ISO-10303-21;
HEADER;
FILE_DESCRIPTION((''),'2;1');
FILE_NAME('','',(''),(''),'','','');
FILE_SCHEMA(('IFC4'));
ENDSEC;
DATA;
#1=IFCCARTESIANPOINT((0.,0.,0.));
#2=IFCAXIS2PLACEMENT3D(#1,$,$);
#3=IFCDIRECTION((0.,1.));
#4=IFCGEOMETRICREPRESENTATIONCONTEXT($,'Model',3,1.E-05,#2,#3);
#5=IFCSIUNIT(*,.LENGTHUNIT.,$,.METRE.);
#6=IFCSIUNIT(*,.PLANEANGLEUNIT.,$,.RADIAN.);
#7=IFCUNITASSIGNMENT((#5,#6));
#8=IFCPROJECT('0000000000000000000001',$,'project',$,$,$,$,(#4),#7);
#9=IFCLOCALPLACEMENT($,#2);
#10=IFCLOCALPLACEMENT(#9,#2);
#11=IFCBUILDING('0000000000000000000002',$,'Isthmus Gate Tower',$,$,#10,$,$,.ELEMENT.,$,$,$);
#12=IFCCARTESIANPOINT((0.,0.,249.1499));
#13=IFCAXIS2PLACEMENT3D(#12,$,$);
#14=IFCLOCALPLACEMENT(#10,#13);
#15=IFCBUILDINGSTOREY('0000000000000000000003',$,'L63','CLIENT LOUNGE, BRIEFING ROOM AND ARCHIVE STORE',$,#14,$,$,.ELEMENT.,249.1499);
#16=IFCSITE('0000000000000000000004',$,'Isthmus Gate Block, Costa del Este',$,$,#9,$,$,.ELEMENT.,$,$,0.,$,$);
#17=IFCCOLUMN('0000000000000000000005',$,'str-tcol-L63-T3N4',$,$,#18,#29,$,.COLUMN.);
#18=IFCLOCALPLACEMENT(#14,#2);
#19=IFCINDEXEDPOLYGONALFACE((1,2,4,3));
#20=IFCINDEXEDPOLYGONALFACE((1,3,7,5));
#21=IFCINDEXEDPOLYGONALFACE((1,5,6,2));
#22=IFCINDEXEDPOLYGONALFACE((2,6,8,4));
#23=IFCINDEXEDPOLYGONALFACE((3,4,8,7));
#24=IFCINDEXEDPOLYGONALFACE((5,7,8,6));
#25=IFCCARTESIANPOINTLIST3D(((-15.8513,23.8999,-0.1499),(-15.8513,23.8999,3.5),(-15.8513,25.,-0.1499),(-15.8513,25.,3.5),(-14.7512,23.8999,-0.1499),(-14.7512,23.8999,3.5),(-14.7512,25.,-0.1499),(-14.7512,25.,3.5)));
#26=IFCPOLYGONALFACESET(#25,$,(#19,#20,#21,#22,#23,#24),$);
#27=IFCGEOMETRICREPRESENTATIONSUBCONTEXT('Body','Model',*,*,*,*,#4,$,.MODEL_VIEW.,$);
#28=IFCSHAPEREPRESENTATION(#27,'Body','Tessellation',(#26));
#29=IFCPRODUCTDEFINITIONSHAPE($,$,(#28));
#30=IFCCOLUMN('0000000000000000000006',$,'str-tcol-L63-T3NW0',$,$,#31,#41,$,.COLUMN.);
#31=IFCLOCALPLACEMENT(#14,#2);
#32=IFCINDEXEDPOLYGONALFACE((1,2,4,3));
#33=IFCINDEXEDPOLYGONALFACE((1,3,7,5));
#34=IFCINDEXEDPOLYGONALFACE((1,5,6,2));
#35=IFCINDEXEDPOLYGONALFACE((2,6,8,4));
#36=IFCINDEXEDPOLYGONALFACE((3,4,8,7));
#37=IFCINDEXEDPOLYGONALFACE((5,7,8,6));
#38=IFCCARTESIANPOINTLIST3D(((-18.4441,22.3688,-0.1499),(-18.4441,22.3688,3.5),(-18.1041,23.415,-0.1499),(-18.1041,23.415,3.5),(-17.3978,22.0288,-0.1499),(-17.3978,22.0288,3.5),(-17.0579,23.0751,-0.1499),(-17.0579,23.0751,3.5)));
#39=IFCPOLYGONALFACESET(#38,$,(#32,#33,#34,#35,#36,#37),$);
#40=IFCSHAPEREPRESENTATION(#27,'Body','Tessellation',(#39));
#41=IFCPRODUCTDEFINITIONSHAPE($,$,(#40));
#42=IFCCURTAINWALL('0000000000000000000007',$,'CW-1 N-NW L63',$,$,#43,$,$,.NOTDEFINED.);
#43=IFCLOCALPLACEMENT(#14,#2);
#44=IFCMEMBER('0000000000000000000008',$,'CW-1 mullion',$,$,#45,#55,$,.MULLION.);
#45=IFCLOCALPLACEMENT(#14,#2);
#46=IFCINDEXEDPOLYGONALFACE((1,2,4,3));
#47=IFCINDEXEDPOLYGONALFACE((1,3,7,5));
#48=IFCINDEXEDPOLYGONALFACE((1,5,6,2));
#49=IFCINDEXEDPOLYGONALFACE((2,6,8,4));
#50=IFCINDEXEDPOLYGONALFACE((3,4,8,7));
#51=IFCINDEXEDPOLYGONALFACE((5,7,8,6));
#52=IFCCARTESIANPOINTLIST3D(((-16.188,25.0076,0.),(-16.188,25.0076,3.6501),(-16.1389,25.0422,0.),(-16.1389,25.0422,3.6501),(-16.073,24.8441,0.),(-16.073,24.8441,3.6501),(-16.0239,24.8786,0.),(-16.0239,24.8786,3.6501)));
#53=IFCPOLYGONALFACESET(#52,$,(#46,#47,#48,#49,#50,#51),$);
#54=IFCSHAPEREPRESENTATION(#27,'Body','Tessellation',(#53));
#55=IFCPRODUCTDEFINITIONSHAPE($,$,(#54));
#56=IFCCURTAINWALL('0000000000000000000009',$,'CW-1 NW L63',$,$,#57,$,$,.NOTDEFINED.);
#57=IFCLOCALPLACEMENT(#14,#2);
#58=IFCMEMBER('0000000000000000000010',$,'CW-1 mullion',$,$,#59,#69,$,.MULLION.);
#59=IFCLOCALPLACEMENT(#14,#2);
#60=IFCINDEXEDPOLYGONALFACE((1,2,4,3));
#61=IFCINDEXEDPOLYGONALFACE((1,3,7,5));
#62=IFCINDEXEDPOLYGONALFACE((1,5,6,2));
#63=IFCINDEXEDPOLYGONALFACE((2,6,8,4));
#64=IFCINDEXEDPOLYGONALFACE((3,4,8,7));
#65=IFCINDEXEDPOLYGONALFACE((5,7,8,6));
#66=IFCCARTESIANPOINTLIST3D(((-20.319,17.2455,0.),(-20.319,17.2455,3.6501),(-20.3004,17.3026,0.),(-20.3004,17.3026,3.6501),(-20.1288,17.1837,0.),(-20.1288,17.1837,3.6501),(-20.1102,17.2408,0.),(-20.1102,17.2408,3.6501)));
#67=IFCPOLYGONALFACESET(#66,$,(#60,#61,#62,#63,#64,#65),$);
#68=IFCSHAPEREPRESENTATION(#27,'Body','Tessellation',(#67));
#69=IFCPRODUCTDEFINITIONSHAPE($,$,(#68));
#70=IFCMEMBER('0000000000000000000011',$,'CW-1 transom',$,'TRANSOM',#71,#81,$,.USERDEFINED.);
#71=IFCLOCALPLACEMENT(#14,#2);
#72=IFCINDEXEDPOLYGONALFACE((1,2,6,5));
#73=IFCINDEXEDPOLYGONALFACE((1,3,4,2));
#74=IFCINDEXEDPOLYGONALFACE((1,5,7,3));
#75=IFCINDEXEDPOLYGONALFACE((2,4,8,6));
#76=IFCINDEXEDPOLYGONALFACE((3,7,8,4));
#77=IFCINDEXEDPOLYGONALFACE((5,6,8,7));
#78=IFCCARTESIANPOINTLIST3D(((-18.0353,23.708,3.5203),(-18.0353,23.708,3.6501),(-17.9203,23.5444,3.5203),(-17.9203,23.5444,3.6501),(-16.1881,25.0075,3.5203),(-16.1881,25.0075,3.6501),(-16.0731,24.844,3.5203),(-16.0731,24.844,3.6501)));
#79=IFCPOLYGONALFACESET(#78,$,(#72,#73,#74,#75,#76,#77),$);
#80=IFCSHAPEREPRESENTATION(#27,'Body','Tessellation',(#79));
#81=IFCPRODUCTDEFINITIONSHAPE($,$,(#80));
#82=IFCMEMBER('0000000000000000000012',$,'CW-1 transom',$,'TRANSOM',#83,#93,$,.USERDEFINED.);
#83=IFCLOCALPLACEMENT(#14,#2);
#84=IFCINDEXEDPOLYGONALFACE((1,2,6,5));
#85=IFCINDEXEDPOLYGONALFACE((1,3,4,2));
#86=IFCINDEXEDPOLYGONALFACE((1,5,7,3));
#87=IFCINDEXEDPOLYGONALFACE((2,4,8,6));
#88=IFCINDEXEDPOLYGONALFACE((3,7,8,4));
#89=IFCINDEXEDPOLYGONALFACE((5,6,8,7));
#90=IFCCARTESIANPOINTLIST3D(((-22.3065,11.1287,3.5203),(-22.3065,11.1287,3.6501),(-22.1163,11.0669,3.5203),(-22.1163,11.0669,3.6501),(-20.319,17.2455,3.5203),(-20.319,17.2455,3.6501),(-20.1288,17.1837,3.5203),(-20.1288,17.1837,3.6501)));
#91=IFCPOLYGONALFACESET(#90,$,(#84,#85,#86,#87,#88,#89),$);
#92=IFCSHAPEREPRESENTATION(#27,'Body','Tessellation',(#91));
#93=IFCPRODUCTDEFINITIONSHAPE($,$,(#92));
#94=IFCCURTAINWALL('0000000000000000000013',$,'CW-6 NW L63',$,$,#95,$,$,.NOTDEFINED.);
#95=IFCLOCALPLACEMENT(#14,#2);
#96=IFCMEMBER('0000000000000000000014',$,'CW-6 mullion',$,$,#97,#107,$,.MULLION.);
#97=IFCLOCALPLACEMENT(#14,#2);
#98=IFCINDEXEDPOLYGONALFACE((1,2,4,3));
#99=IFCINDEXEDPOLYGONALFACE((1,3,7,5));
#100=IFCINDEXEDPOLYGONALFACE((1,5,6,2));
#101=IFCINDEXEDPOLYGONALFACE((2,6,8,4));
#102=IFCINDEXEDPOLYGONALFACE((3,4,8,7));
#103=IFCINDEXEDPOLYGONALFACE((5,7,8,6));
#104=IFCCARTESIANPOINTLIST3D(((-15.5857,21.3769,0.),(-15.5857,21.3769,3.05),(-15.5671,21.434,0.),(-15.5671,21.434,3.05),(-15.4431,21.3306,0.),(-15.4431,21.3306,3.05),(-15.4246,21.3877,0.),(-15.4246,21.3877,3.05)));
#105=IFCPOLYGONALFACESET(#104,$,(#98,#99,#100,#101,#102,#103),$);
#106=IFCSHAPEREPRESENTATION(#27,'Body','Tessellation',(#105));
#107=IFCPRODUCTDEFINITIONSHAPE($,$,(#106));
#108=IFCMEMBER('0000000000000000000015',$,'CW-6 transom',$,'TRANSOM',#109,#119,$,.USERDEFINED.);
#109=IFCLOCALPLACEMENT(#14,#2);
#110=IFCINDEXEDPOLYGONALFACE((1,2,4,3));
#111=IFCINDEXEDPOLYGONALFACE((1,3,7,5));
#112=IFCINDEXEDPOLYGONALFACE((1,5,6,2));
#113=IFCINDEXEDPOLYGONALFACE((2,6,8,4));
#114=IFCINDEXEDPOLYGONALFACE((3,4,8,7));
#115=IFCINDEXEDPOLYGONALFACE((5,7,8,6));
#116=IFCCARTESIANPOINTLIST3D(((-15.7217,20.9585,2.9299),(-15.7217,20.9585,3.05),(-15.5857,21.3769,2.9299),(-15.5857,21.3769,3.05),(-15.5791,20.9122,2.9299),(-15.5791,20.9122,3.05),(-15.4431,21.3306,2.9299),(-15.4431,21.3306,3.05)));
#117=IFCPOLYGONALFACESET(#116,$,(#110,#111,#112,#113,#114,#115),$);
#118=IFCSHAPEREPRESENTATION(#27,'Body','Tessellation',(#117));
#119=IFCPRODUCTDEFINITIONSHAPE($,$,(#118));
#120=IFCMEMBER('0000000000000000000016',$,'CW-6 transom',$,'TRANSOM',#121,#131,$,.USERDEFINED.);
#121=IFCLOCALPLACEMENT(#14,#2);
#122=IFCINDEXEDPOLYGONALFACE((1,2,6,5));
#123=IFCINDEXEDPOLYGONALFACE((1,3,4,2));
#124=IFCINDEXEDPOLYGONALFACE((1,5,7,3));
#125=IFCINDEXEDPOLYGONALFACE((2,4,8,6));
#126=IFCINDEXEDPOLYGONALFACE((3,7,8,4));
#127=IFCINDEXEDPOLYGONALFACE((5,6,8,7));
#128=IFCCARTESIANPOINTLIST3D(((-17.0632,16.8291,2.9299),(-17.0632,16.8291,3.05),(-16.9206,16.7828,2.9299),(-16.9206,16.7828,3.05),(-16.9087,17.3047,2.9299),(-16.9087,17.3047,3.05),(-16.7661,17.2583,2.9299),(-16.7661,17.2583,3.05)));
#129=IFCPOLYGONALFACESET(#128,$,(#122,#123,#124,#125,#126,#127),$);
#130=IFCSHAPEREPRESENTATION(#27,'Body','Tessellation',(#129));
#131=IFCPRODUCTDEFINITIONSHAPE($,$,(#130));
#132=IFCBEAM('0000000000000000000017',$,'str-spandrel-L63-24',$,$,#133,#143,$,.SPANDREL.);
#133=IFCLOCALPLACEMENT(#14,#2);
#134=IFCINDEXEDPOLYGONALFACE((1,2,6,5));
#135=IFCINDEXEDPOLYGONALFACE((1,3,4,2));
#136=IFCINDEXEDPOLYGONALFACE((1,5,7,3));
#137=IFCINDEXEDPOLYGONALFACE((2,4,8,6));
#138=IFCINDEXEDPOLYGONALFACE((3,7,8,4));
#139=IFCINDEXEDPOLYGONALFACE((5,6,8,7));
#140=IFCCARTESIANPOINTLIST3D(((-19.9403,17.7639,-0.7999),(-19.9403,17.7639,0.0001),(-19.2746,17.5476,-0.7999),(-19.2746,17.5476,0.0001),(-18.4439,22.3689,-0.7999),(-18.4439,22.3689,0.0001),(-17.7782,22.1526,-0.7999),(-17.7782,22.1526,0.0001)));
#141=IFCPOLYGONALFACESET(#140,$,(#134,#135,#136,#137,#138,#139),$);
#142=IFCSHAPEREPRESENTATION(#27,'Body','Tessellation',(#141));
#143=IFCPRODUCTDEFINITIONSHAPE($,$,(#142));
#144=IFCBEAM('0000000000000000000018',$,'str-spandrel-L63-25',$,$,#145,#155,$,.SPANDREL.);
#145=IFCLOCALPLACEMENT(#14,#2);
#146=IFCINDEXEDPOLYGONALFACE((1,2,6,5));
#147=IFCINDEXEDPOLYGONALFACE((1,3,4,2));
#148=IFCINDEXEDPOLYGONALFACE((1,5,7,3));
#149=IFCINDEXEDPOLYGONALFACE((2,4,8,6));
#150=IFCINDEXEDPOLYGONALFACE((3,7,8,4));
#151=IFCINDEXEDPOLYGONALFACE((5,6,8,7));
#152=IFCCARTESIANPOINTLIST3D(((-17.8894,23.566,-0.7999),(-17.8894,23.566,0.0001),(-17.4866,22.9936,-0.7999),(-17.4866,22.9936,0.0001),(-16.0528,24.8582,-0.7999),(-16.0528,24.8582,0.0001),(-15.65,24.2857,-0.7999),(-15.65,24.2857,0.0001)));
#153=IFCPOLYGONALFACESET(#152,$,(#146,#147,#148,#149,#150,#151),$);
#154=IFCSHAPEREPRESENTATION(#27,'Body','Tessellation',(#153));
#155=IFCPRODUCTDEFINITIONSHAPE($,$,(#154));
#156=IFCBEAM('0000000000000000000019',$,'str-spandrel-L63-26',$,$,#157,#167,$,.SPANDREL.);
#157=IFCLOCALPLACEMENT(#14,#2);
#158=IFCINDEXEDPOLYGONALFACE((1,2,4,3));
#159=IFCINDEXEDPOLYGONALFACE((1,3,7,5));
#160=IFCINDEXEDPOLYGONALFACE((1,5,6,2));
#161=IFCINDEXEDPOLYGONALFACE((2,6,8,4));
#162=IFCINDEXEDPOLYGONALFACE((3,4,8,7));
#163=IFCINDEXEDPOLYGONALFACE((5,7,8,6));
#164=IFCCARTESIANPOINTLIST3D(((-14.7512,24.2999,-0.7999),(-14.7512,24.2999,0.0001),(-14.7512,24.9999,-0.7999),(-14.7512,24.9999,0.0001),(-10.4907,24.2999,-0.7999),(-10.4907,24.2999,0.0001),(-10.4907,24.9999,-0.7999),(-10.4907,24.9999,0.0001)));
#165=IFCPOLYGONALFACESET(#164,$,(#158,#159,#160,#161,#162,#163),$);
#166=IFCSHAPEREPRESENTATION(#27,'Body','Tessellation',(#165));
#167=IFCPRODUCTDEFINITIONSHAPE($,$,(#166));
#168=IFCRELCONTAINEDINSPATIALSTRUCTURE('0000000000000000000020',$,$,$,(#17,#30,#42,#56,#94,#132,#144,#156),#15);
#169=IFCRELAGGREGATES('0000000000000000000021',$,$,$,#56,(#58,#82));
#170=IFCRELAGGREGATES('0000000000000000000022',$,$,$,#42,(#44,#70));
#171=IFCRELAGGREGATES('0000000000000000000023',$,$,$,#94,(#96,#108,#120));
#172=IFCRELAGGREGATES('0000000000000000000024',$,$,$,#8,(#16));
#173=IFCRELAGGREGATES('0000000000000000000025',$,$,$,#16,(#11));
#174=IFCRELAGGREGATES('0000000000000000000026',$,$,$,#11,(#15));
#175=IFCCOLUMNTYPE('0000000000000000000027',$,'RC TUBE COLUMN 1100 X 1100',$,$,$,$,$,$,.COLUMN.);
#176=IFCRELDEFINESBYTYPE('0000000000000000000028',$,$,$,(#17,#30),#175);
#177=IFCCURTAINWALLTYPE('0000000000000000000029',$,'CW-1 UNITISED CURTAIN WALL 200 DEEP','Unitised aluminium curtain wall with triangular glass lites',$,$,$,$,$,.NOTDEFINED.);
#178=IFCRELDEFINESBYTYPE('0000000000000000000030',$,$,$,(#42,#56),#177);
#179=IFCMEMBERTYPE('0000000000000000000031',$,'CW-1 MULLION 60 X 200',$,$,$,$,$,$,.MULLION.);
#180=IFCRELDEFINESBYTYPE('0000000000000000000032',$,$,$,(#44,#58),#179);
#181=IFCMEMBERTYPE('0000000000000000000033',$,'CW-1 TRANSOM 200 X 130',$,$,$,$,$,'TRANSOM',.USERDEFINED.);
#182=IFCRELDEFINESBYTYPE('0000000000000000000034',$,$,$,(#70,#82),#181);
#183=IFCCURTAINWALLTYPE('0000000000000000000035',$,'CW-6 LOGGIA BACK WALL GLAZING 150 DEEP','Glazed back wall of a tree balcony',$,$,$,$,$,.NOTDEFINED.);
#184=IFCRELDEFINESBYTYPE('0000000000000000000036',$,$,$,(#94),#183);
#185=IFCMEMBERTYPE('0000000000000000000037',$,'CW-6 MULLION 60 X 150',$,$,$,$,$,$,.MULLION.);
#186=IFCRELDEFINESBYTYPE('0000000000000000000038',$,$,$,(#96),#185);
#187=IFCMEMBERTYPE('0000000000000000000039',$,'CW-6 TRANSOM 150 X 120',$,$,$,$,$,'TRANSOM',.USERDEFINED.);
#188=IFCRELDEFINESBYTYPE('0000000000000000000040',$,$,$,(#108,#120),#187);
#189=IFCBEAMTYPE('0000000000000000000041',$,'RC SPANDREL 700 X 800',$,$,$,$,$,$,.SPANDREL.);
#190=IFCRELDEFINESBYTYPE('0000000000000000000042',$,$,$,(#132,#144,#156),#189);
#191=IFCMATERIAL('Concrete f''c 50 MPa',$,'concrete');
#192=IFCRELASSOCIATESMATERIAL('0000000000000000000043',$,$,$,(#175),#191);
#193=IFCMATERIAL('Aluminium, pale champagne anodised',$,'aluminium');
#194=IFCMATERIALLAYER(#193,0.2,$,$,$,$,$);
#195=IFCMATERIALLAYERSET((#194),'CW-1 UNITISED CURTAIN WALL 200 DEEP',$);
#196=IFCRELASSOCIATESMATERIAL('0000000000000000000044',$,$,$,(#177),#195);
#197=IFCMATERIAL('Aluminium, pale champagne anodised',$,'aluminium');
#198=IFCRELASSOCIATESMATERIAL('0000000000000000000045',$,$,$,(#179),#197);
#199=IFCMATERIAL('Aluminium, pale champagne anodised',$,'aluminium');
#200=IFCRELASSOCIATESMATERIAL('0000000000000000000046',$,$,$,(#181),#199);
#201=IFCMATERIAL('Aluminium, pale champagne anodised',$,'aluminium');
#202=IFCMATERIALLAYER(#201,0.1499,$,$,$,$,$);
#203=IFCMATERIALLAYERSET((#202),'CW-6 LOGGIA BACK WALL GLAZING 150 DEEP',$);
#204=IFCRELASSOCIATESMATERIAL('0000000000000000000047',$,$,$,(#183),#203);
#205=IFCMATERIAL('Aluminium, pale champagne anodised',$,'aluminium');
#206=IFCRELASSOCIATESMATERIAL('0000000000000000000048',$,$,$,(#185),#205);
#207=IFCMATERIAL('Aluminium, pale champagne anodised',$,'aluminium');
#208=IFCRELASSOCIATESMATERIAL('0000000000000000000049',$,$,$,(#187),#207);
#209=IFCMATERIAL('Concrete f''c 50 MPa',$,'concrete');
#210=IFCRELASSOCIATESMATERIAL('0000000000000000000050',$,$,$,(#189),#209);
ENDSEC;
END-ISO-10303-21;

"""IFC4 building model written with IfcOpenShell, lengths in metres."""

from ifc_helpers import new_model, si_unit, direction, frame, origin, origin_2d, place, context, subcontext, project, spatial, rectangle, extrude, material, layer, layer_set, material_profile, profile_set, type_object, element, aggregate, save


model = new_model("IFC4")

# Units and contexts
model_context = context("Model", 3, precision=1e-05, world=origin(), true_north=direction((0.0, 1.0)))
body_context = subcontext(model_context, "Body", "Model", "MODEL_VIEW")
ifc_project = project(units=[si_unit("LENGTHUNIT", "METRE"), si_unit("PLANEANGLEUNIT", "RADIAN")], contexts=[model_context])

# Site, building, storey
site_placement = place(None, origin())
site = spatial("IfcSite", under=ifc_project, at=site_placement, Name="Isthmus Gate Block, Costa del Este", CompositionType="ELEMENT", RefElevation=0.0)
building_placement = place(site_placement, origin())
building = spatial("IfcBuilding", under=site, at=building_placement, Name="Isthmus Gate Tower", CompositionType="ELEMENT")
storey_placement = place(building_placement, frame((0.0, 0.0, 249.1499)))
storey = spatial("IfcBuildingStorey", under=building, at=storey_placement, Name="L63", Description="CLIENT LOUNGE, BRIEFING ROOM AND ARCHIVE STORE", CompositionType="ELEMENT", Elevation=249.1499)

# Columns
ifc_material_1 = material(Name="Concrete f'c 50 MPa", Category="concrete")
ifc_material_profile_1 = material_profile(ifc_material_1, rectangle(XDim=1.1001, YDim=1.1001, at=origin_2d()), Name="RC 1100X1100")
ifc_profile_set_1 = profile_set([ifc_material_profile_1], Name="Concrete f'c 50 MPa")
column_type = type_object("IfcColumnType", Name="RC TUBE COLUMN 1100 X 1100", PredefinedType="COLUMN", material=ifc_profile_set_1)
for number, where, z_axis, x_axis, name in (
    (1, (-15.3013, 24.45, -0.1499), (0.0, 0.0, 1.0), (-1.0, 0.0, 0.0), "str-tcol-L63-T3N4"),
    (2, (-17.751, 22.7219, -0.1499), (0.0, 0.0, 1.0), (-0.309017, -0.951057, 0.0), "str-tcol-L63-T3NW0"),
):
    element("IfcColumn", number, at=place(storey_placement, frame(where, z_axis=z_axis, x_axis=x_axis)), inside=storey, type_object=column_type, Name=name, PredefinedType="COLUMN", context=body_context, shape_type="SweptSolid", body=[
        extrude(rectangle(XDim=1.1001, YDim=1.1001, at=origin_2d()), origin(), (0.0, 0.0, 1.0), 3.6499),
    ])

# Curtain walls, members
ifc_material_2 = material(Name="Aluminium, pale champagne anodised", Category="aluminium")
ifc_layer_1 = layer(ifc_material_2, 0.2)
ifc_layer_set_1 = layer_set([ifc_layer_1], Name="CW-1 UNITISED CURTAIN WALL 200 DEEP")
curtain_wall_type_1 = type_object("IfcCurtainWallType", Name="CW-1 UNITISED CURTAIN WALL 200 DEEP", Description="Unitised aluminium curtain wall with triangular glass lites", PredefinedType="NOTDEFINED", material=ifc_layer_set_1)
curtain_wall_1_placement = place(storey_placement, origin())
curtain_wall_1 = element("IfcCurtainWall", 3, at=curtain_wall_1_placement, inside=storey, type_object=curtain_wall_type_1, Name="CW-1 N-NW L63", PredefinedType="NOTDEFINED")
ifc_material_3 = material(Name="Aluminium, pale champagne anodised", Category="aluminium")
ifc_material_profile_2 = material_profile(ifc_material_3, rectangle(XDim=0.0601, YDim=0.2, at=origin_2d()), Name="60x200")
ifc_profile_set_2 = profile_set([ifc_material_profile_2], Name="Aluminium, pale champagne anodised")
member_type_1 = type_object("IfcMemberType", Name="CW-1 MULLION 60 X 200", PredefinedType="MULLION", material=ifc_profile_set_2)
member_1_placement = place(storey_placement, frame((-16.106, 24.9431, 0.0), z_axis=(0.0, 0.0, 1.0), x_axis=(-0.81786, -0.575418, 0.0)))
member_1 = element("IfcMember", 4, at=member_1_placement, type_object=member_type_1, Name="CW-1 mullion", PredefinedType="MULLION", context=body_context, shape_type="SweptSolid", body=[
    extrude(rectangle(XDim=0.0601, YDim=0.2, at=origin_2d()), origin(), (0.0, 0.0, 1.0), 3.6501),
])
curtain_wall_2_placement = place(storey_placement, origin())
curtain_wall_2 = element("IfcCurtainWall", 5, at=curtain_wall_2_placement, inside=storey, type_object=curtain_wall_type_1, Name="CW-1 NW L63", PredefinedType="NOTDEFINED")
member_2_placement = place(storey_placement, frame((-20.2146, 17.2432, 0.0), z_axis=(0.0, 0.0, 1.0), x_axis=(-0.309017, -0.951057, 0.0)))
member_2 = element("IfcMember", 6, at=member_2_placement, type_object=member_type_1, Name="CW-1 mullion", PredefinedType="MULLION", context=body_context, shape_type="SweptSolid", body=[
    extrude(rectangle(XDim=0.0601, YDim=0.2, at=origin_2d()), origin(), (0.0, 0.0, 1.0), 3.6501),
])

# Members
ifc_material_4 = material(Name="Aluminium, pale champagne anodised", Category="aluminium")
ifc_material_profile_3 = material_profile(ifc_material_4, rectangle(XDim=0.2, YDim=0.1299, at=origin_2d()), Name="200x130")
ifc_profile_set_3 = profile_set([ifc_material_profile_3], Name="Aluminium, pale champagne anodised")
member_type_2 = type_object("IfcMemberType", Name="CW-1 TRANSOM 200 X 130", ElementType="TRANSOM", PredefinedType="USERDEFINED", material=ifc_profile_set_3)
member_3_placement = place(storey_placement, frame((-16.1306, 24.9258, 3.5852), z_axis=(-0.817869, -0.575405, 0.0), x_axis=(0.575405, -0.817869, 0.0)))
member_3 = element("IfcMember", 7, at=member_3_placement, type_object=member_type_2, Name="CW-1 transom", ObjectType="TRANSOM", PredefinedType="USERDEFINED", context=body_context, shape_type="SweptSolid", body=[
    extrude(rectangle(XDim=0.2, YDim=0.1299, at=origin_2d()), origin(), (0.0, 0.0, 1.0), 2.2585),
])
member_4_placement = place(storey_placement, frame((-20.2239, 17.2146, 3.5852), z_axis=(-0.309022, -0.951055, 0.0), x_axis=(0.951055, -0.309022, 0.0)))
member_4 = element("IfcMember", 8, at=member_4_placement, type_object=member_type_2, Name="CW-1 transom", ObjectType="TRANSOM", PredefinedType="USERDEFINED", context=body_context, shape_type="SweptSolid", body=[
    extrude(rectangle(XDim=0.2, YDim=0.1299, at=origin_2d()), origin(), (0.0, 0.0, 1.0), 6.4316),
])
aggregate(curtain_wall_2, [member_2, member_4])

# Curtain wall, members
ifc_material_5 = material(Name="Aluminium, pale champagne anodised", Category="aluminium")
ifc_layer_2 = layer(ifc_material_5, 0.1499)
ifc_layer_set_2 = layer_set([ifc_layer_2], Name="CW-6 LOGGIA BACK WALL GLAZING 150 DEEP")
curtain_wall_type_2 = type_object("IfcCurtainWallType", Name="CW-6 LOGGIA BACK WALL GLAZING 150 DEEP", Description="Glazed back wall of a tree balcony", PredefinedType="NOTDEFINED", material=ifc_layer_set_2)
curtain_wall_3_placement = place(storey_placement, origin())
curtain_wall_3 = element("IfcCurtainWall", 9, at=curtain_wall_3_placement, inside=storey, type_object=curtain_wall_type_2, Name="CW-6 NW L63", PredefinedType="NOTDEFINED")
ifc_material_6 = material(Name="Aluminium, pale champagne anodised", Category="aluminium")
ifc_material_profile_4 = material_profile(ifc_material_6, rectangle(XDim=0.0601, YDim=0.1499, at=origin_2d()), Name="60x150")
ifc_profile_set_4 = profile_set([ifc_material_profile_4], Name="Aluminium, pale champagne anodised")
member_type_3 = type_object("IfcMemberType", Name="CW-6 MULLION 60 X 150", PredefinedType="MULLION", material=ifc_profile_set_4)
member_5_placement = place(storey_placement, frame((-15.5051, 21.3823, 0.0), z_axis=(0.0, 0.0, 1.0), x_axis=(-0.309017, -0.951057, 0.0)))
member_5 = element("IfcMember", 10, at=member_5_placement, type_object=member_type_3, Name="CW-6 mullion", PredefinedType="MULLION", context=body_context, shape_type="SweptSolid", body=[
    extrude(rectangle(XDim=0.0601, YDim=0.1499, at=origin_2d()), origin(), (0.0, 0.0, 1.0), 3.05),
])
ifc_material_7 = material(Name="Aluminium, pale champagne anodised", Category="aluminium")
ifc_material_profile_5 = material_profile(ifc_material_7, rectangle(XDim=0.1499, YDim=0.1201, at=origin_2d()), Name="150x120")
ifc_profile_set_5 = profile_set([ifc_material_profile_5], Name="Aluminium, pale champagne anodised")
member_type_4 = type_object("IfcMemberType", Name="CW-6 TRANSOM 150 X 120", ElementType="TRANSOM", PredefinedType="USERDEFINED", material=ifc_profile_set_5)
member_6_placement = place(storey_placement, frame((-15.5144, 21.3538, 2.99), z_axis=(-0.309061, -0.951042, 0.0), x_axis=(0.951042, -0.309061, 0.0)))
member_6 = element("IfcMember", 11, at=member_6_placement, type_object=member_type_4, Name="CW-6 transom", ObjectType="TRANSOM", PredefinedType="USERDEFINED", context=body_context, shape_type="SweptSolid", body=[
    extrude(rectangle(XDim=0.1499, YDim=0.1201, at=origin_2d()), origin(), (0.0, 0.0, 1.0), 0.4399),
])
member_7_placement = place(storey_placement, frame((-16.8374, 17.2815, 2.99), z_axis=(-0.309042, -0.951048, 0.0), x_axis=(0.951048, -0.309042, 0.0)))
member_7 = element("IfcMember", 12, at=member_7_placement, type_object=member_type_4, Name="CW-6 transom", ObjectType="TRANSOM", PredefinedType="USERDEFINED", context=body_context, shape_type="SweptSolid", body=[
    extrude(rectangle(XDim=0.1499, YDim=0.1201, at=origin_2d()), origin(), (0.0, 0.0, 1.0), 0.5),
])

# Beams
ifc_material_8 = material(Name="Concrete f'c 50 MPa", Category="concrete")
ifc_material_profile_6 = material_profile(ifc_material_8, rectangle(XDim=0.7, YDim=0.8, at=origin_2d()), Name="RC 700X800")
ifc_profile_set_6 = profile_set([ifc_material_profile_6], Name="Concrete f'c 50 MPa")
beam_type_1 = type_object("IfcBeamType", Name="RC SPANDREL 700 X 800", PredefinedType="SPANDREL", material=ifc_profile_set_6)
beam_1_placement = place(storey_placement, frame((-19.6074, 17.6558, -0.3999), z_axis=(0.309034, 0.951051, 0.0), x_axis=(-0.951051, 0.309034, 0.0)))
element("IfcBeam", 13, at=beam_1_placement, inside=storey, type_object=beam_type_1, Name="str-spandrel-L63-24", PredefinedType="SPANDREL", context=body_context, shape_type="SweptSolid", body=[
    extrude(rectangle(XDim=0.7, YDim=0.8, at=origin_2d()), origin(), (0.0, 0.0, 1.0), 4.842),
])
beam_2_placement = place(storey_placement, frame((-17.688, 23.2798, -0.3999), z_axis=(0.817856, 0.575423, 0.0), x_axis=(-0.575423, 0.817856, 0.0)))
element("IfcBeam", 14, at=beam_2_placement, inside=storey, type_object=beam_type_1, Name="str-spandrel-L63-25", PredefinedType="SPANDREL", context=body_context, shape_type="SweptSolid", body=[
    extrude(rectangle(XDim=0.7, YDim=0.8, at=origin_2d()), origin(), (0.0, 0.0, 1.0), 2.2456),
])
beam_3_placement = place(storey_placement, frame((-14.7512, 24.6499, -0.3999), z_axis=(1.0, 0.0, 0.0), x_axis=(0.0, 1.0, 0.0)))
element("IfcBeam", 15, at=beam_3_placement, inside=storey, type_object=beam_type_1, Name="str-spandrel-L63-26", PredefinedType="SPANDREL", context=body_context, shape_type="SweptSolid", body=[
    extrude(rectangle(XDim=0.7, YDim=0.8, at=origin_2d()), origin(), (0.0, 0.0, 1.0), 4.2605),
])

aggregate(curtain_wall_1, [member_1, member_3])
aggregate(curtain_wall_3, [member_5, member_6, member_7])

save(model, "model.ifc")
